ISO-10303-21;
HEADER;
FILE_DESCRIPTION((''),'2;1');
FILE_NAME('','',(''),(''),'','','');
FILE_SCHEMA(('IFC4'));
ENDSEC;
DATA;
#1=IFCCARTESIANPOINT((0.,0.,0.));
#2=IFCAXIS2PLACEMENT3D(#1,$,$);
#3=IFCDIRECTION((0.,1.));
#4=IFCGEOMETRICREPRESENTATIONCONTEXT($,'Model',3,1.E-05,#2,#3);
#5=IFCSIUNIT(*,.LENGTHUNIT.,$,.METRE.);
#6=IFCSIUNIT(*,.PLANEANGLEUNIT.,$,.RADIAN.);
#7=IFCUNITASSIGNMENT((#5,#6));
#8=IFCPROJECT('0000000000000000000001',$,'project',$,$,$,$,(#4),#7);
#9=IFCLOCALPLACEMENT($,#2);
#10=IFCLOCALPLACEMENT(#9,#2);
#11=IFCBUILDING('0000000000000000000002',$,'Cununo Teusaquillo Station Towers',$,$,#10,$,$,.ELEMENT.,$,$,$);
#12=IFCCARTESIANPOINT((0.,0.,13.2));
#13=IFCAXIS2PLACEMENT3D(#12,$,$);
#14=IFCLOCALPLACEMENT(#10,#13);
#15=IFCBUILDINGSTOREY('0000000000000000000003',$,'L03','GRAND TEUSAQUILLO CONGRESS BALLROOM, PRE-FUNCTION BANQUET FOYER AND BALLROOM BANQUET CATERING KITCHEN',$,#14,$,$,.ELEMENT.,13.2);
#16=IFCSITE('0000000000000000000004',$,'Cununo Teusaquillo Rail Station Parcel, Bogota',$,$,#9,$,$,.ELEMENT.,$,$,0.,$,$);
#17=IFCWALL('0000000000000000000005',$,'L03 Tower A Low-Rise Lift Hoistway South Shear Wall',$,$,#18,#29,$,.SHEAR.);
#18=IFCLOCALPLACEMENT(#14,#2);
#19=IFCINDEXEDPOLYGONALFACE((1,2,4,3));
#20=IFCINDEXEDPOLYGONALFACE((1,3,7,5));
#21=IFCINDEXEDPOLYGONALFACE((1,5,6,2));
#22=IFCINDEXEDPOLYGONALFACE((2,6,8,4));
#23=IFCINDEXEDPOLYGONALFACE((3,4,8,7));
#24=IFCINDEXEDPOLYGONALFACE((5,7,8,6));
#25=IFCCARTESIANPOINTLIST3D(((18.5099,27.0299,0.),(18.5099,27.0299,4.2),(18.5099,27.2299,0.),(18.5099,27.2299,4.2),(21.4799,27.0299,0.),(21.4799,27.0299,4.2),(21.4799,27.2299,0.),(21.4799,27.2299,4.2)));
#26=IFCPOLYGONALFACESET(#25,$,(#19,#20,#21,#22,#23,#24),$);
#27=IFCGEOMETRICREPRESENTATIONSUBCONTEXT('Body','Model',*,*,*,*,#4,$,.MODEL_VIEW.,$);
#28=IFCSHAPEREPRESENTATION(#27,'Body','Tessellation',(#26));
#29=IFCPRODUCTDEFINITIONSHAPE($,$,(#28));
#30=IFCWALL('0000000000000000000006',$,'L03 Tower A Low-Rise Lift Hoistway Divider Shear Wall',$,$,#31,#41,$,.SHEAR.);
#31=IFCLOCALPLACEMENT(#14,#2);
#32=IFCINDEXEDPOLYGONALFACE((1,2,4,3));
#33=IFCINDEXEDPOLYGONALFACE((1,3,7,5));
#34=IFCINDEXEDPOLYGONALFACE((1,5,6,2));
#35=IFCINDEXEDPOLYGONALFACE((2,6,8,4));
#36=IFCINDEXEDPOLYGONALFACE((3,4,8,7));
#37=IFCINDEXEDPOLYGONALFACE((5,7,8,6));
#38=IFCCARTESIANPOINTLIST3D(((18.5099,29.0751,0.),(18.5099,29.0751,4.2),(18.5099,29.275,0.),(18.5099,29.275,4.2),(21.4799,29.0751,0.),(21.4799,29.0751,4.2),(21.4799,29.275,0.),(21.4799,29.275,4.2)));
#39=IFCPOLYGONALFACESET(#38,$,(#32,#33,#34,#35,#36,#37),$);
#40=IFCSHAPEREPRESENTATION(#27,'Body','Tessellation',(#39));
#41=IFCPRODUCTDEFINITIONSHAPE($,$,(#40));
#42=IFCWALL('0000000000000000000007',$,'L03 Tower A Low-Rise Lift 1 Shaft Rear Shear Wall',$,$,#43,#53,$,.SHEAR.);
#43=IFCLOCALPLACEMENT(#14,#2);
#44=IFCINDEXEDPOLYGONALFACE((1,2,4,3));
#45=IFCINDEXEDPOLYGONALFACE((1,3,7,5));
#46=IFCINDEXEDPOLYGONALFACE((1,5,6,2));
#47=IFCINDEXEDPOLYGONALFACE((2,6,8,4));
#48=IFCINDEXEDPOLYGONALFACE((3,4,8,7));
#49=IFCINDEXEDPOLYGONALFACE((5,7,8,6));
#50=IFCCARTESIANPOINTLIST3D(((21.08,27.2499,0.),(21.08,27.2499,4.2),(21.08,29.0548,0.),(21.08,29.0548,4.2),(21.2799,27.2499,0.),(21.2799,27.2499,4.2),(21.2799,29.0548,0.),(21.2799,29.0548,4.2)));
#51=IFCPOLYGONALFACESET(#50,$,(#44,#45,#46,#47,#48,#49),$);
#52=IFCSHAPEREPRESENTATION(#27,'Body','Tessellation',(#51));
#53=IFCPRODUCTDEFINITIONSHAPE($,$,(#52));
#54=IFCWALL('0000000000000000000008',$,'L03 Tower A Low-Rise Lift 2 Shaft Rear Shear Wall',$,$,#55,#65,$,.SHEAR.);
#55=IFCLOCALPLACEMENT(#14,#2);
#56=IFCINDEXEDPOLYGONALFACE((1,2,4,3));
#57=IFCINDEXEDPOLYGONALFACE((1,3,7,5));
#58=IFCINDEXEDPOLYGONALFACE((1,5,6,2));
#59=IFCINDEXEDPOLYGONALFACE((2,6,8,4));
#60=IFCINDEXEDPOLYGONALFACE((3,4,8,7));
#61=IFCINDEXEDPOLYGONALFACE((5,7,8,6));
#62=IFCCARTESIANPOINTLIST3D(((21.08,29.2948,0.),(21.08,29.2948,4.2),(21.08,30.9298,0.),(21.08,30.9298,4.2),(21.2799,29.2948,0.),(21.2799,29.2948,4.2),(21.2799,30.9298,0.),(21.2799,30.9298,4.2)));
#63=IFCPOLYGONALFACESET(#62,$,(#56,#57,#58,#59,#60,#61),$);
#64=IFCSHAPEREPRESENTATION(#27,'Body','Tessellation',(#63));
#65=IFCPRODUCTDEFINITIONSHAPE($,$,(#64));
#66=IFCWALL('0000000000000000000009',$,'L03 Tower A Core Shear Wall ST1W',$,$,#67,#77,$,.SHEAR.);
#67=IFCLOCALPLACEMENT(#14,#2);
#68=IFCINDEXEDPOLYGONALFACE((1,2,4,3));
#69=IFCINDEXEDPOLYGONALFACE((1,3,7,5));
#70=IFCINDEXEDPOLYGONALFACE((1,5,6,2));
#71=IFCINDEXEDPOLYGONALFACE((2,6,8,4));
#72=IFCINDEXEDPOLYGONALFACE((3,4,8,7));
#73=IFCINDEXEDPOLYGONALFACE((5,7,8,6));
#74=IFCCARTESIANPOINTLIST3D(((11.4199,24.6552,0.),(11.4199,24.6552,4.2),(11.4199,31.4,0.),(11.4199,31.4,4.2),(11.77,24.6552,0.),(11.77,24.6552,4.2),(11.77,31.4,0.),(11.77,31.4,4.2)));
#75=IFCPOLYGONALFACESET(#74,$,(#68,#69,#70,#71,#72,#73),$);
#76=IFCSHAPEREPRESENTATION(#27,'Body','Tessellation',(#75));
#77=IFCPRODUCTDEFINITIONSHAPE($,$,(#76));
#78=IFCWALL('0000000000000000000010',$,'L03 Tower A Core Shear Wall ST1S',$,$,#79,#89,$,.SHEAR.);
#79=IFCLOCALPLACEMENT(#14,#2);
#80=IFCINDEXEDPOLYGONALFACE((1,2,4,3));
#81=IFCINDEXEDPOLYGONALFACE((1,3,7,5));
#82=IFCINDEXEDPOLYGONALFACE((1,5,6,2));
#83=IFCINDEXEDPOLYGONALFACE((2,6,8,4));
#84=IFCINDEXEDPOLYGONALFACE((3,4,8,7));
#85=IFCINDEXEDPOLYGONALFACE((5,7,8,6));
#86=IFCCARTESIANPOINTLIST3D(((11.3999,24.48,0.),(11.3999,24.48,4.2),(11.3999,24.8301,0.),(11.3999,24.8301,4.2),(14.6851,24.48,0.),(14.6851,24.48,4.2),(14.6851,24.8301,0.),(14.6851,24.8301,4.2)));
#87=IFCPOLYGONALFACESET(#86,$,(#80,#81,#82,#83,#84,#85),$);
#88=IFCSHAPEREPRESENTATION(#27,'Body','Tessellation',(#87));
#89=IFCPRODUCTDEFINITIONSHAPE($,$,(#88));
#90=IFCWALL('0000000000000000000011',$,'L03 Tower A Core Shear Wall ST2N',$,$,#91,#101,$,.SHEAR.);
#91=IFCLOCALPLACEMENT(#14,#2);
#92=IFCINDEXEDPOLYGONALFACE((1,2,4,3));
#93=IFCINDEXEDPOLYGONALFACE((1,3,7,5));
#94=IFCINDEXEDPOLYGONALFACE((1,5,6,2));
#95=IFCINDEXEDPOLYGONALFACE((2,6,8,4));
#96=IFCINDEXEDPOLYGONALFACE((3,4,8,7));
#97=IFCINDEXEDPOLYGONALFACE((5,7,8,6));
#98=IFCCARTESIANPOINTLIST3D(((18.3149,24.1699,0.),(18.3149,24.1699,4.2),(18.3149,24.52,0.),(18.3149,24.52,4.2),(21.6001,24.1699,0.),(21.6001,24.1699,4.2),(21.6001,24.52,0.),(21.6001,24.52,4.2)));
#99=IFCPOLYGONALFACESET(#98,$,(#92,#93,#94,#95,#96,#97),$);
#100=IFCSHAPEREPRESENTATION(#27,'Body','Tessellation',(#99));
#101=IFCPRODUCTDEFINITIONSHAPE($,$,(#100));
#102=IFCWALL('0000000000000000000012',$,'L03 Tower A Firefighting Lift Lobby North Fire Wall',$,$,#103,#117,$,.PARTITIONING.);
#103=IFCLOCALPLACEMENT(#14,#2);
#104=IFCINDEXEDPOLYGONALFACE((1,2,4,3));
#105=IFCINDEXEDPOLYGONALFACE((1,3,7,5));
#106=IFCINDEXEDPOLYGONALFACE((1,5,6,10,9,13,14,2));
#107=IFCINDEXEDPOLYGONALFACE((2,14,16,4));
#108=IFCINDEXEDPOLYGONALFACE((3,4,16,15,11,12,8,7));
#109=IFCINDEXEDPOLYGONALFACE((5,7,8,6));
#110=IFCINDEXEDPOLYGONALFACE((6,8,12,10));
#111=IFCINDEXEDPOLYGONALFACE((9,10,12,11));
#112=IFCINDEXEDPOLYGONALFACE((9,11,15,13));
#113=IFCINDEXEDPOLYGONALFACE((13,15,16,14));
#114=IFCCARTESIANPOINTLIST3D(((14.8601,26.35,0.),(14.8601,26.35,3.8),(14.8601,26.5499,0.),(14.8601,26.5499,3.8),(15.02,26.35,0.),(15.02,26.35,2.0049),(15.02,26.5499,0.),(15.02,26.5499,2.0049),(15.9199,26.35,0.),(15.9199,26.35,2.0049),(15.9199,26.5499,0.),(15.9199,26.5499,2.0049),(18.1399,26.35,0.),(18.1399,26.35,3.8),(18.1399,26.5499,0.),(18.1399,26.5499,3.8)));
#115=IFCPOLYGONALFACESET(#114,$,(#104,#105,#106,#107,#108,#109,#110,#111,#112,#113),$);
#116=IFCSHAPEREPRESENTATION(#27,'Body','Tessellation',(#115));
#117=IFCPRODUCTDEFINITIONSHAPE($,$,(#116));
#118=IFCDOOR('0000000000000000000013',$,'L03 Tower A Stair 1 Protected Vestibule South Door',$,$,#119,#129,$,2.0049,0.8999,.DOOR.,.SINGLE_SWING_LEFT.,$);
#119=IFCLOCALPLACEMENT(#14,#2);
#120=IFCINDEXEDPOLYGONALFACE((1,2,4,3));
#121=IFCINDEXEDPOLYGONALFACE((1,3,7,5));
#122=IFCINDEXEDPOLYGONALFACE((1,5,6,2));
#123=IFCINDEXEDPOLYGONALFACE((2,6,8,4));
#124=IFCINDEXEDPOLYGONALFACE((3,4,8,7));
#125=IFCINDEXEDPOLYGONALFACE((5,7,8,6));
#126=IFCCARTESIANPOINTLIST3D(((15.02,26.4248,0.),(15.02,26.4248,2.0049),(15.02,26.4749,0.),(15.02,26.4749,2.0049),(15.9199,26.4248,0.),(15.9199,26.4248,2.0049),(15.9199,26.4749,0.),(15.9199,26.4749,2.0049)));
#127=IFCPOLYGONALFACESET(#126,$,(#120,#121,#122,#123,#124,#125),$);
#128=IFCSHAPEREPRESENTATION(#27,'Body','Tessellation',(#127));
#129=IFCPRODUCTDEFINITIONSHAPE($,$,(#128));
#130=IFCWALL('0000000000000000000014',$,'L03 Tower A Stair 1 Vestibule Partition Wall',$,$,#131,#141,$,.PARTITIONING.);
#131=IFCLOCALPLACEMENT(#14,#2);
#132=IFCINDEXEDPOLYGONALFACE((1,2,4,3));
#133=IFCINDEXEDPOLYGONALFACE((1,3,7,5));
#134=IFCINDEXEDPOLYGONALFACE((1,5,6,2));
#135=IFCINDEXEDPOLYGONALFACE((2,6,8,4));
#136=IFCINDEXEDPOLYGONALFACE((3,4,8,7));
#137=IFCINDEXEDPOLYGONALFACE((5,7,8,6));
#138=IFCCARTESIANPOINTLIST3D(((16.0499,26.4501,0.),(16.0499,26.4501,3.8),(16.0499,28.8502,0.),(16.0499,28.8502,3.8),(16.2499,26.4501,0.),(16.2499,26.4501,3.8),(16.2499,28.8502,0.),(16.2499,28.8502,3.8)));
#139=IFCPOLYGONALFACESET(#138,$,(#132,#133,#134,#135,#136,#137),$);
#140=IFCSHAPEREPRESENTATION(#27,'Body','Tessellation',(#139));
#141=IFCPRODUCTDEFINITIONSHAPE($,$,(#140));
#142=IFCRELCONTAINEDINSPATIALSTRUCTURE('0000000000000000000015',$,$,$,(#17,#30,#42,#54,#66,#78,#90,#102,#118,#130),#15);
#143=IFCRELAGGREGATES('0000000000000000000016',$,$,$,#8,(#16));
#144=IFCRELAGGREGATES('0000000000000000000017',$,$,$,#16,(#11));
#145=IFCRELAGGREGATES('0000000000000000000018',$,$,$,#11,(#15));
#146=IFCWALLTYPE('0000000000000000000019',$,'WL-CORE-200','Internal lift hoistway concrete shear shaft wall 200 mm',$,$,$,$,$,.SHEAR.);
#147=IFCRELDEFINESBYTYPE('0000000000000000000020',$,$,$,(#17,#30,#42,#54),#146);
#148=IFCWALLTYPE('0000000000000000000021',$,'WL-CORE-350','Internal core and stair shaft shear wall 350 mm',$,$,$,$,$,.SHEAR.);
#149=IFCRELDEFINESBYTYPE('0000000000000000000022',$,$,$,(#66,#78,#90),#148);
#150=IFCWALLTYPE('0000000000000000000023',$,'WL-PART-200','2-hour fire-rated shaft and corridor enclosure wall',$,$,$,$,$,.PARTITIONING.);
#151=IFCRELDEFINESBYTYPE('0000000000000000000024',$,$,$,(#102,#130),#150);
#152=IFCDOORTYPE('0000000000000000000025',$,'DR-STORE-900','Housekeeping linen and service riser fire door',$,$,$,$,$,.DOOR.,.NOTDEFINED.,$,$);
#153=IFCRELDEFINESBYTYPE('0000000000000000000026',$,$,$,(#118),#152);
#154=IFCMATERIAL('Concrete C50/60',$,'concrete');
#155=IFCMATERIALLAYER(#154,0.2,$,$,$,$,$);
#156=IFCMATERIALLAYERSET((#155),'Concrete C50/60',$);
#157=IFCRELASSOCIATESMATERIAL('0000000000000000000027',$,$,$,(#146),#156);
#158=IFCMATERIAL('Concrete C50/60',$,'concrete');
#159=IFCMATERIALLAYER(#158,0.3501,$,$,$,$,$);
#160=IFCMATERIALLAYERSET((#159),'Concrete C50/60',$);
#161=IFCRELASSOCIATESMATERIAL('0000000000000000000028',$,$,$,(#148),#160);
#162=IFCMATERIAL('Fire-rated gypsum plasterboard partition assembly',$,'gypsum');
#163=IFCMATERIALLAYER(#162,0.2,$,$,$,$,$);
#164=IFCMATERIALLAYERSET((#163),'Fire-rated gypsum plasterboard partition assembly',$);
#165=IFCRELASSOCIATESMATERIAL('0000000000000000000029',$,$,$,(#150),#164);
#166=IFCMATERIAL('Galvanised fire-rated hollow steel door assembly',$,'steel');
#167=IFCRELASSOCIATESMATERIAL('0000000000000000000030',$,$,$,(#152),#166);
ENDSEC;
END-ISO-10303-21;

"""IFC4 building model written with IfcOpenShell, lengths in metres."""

from ifc_helpers import new_model, si_unit, direction, frame, frame_2d, origin, place, context, subcontext, project, spatial, rectangle, extrude, source, transform, mapped, material, layer, layer_set, type_object, element, fill, save


model = new_model("IFC4")

# Units and contexts
model_context = context("Model", 3, precision=1e-05, world=origin(), true_north=direction((0.0, 1.0)))
body_context = subcontext(model_context, "Body", "Model", "MODEL_VIEW")
ifc_project = project(units=[si_unit("LENGTHUNIT", "METRE"), si_unit("PLANEANGLEUNIT", "RADIAN")], contexts=[model_context])

# Site, building, storey
site_placement = place(None, origin())
site = spatial("IfcSite", under=ifc_project, at=site_placement, Name="Cununo Teusaquillo Rail Station Parcel, Bogota", CompositionType="ELEMENT", RefElevation=0.0)
building_placement = place(site_placement, origin())
building = spatial("IfcBuilding", under=site, at=building_placement, Name="Cununo Teusaquillo Station Towers", CompositionType="ELEMENT")
storey_placement = place(building_placement, frame((0.0, 0.0, 13.2)))
storey = spatial("IfcBuildingStorey", under=building, at=storey_placement, Name="L03", Description="GRAND TEUSAQUILLO CONGRESS BALLROOM, PRE-FUNCTION BANQUET FOYER AND BALLROOM BANQUET CATERING KITCHEN", CompositionType="ELEMENT", Elevation=13.2)

# Walls
ifc_material_1 = material(Name="Concrete C50/60", Category="concrete")
ifc_layer_1 = layer(ifc_material_1, 0.2)
ifc_layer_set_1 = layer_set([ifc_layer_1], Name="Concrete C50/60")
wall_type_1 = type_object("IfcWallType", Name="WL-CORE-200", Description="Internal lift hoistway concrete shear shaft wall 200 mm", PredefinedType="SHEAR", material=ifc_layer_set_1)
for number, where, z_axis, x_axis, name in (
    (1, (18.51, 27.1299, 0.0), (0.0, 0.0, 1.0), (1.0, 0.0, 0.0), "L03 Tower A Low-Rise Lift Hoistway South Shear Wall"),
    (2, (18.51, 29.175, 0.0), (0.0, 0.0, 1.0), (1.0, 0.0, 0.0), "L03 Tower A Low-Rise Lift Hoistway Divider Shear Wall"),
):
    element("IfcWall", number, at=place(storey_placement, frame(where, z_axis=z_axis, x_axis=x_axis)), inside=storey, type_object=wall_type_1, Name=name, PredefinedType="SHEAR", context=body_context, shape_type="SweptSolid", body=[
        extrude(rectangle(XDim=2.97, YDim=0.2, at=frame_2d((1.4849, 0.0))), origin(), (0.0, 0.0, 1.0), 4.2),
    ])
wall_1_placement = place(storey_placement, frame((21.1799, 27.25, 0.0), z_axis=(0.0, 0.0, 1.0), x_axis=(0.0, 1.0, 0.0)))
element("IfcWall", 3, at=wall_1_placement, inside=storey, type_object=wall_type_1, Name="L03 Tower A Low-Rise Lift 1 Shaft Rear Shear Wall", PredefinedType="SHEAR", context=body_context, shape_type="SweptSolid", body=[
    extrude(rectangle(XDim=1.8049, YDim=0.2, at=frame_2d((0.9023, 0.0))), origin(), (0.0, 0.0, 1.0), 4.2),
])
wall_2_placement = place(storey_placement, frame((21.1799, 29.2949, 0.0), z_axis=(0.0, 0.0, 1.0), x_axis=(0.0, 1.0, 0.0)))
element("IfcWall", 4, at=wall_2_placement, inside=storey, type_object=wall_type_1, Name="L03 Tower A Low-Rise Lift 2 Shaft Rear Shear Wall", PredefinedType="SHEAR", context=body_context, shape_type="SweptSolid", body=[
    extrude(rectangle(XDim=1.635, YDim=0.2, at=frame_2d((0.8174, 0.0))), origin(), (0.0, 0.0, 1.0), 4.2),
])
ifc_material_2 = material(Name="Concrete C50/60", Category="concrete")
ifc_layer_2 = layer(ifc_material_2, 0.3501)
ifc_layer_set_2 = layer_set([ifc_layer_2], Name="Concrete C50/60")
wall_type_2 = type_object("IfcWallType", Name="WL-CORE-350", Description="Internal core and stair shaft shear wall 350 mm", PredefinedType="SHEAR", material=ifc_layer_set_2)
wall_3_placement = place(storey_placement, frame((11.595, 24.655, 0.0), z_axis=(0.0, 0.0, 1.0), x_axis=(0.0, 1.0, 0.0)))
element("IfcWall", 5, at=wall_3_placement, inside=storey, type_object=wall_type_2, Name="L03 Tower A Core Shear Wall ST1W", PredefinedType="SHEAR", context=body_context, shape_type="SweptSolid", body=[
    extrude(rectangle(XDim=6.7449, YDim=0.3501, at=frame_2d((3.3726, 0.0))), origin(), (0.0, 0.0, 1.0), 4.2),
])
for number, where, z_axis, x_axis, name in (
    (6, (11.3999, 24.655, 0.0), (0.0, 0.0, 1.0), (1.0, 0.0, 0.0), "L03 Tower A Core Shear Wall ST1S"),
    (7, (18.3149, 24.345, 0.0), (0.0, 0.0, 1.0), (1.0, 0.0, 0.0), "L03 Tower A Core Shear Wall ST2N"),
):
    element("IfcWall", number, at=place(storey_placement, frame(where, z_axis=z_axis, x_axis=x_axis)), inside=storey, type_object=wall_type_2, Name=name, PredefinedType="SHEAR", context=body_context, shape_type="SweptSolid", body=[
        extrude(rectangle(XDim=3.2852, YDim=0.3501, at=frame_2d((1.6426, 0.0))), origin(), (0.0, 0.0, 1.0), 4.2),
    ])

# Wall, opening, door
ifc_material_3 = material(Name="Fire-rated gypsum plasterboard partition assembly", Category="gypsum")
ifc_layer_3 = layer(ifc_material_3, 0.2)
ifc_layer_set_3 = layer_set([ifc_layer_3], Name="Fire-rated gypsum plasterboard partition assembly")
wall_type_3 = type_object("IfcWallType", Name="WL-PART-200", Description="2-hour fire-rated shaft and corridor enclosure wall", PredefinedType="PARTITIONING", material=ifc_layer_set_3)
wall_4_placement = place(storey_placement, frame((14.8601, 26.45, 0.0), z_axis=(0.0, 0.0, 1.0), x_axis=(1.0, 0.0, 0.0)))
wall_4 = element("IfcWall", 8, at=wall_4_placement, inside=storey, type_object=wall_type_3, Name="L03 Tower A Firefighting Lift Lobby North Fire Wall", PredefinedType="PARTITIONING", context=body_context, shape_type="SweptSolid", body=[
    extrude(rectangle(XDim=3.2798, YDim=0.2, at=frame_2d((1.6399, 0.0))), origin(), (0.0, 0.0, 1.0), 3.8),
])
shared_shape_1 = source(origin(), body_context, "Body", "SweptSolid", [
    extrude(rectangle(XDim=0.8999, YDim=2.0049, at=frame_2d((0.45, 1.0024))), frame((0.0, 0.1099, 0.0), z_axis=(0.0, -1.0, 0.0), x_axis=(1.0, 0.0, 0.0)), (0.0, 0.0, 1.0), 0.22),
])
opening_1_placement = place(wall_4_placement, frame((0.1599, 0.0, 0.0)))
opening_1 = element("IfcOpeningElement", 9, at=opening_1_placement, cuts=wall_4, PredefinedType="OPENING", context=body_context, shape_type="MappedRepresentation", body=[
    mapped(shared_shape_1, transform((0.0, 0.0, 0.0), x_axis=(1.0, 0.0, 0.0), y_axis=(0.0, 1.0, 0.0), z_axis=(0.0, 0.0, 1.0), scale=1.0)),
])
ifc_material_4 = material(Name="Galvanised fire-rated hollow steel door assembly", Category="steel")
door_type_1 = type_object("IfcDoorType", Name="DR-STORE-900", Description="Housekeeping linen and service riser fire door", OperationType="NOTDEFINED", PredefinedType="DOOR", material=ifc_material_4)
shared_shape_2 = source(origin(), body_context, "Body", "SweptSolid", [
    extrude(rectangle(XDim=0.8999, YDim=2.0049, at=frame_2d((0.45, 1.0024))), frame((0.0, 0.0249, 0.0), z_axis=(0.0, -1.0, 0.0), x_axis=(1.0, 0.0, 0.0)), (0.0, 0.0, 1.0), 0.05),
])
door_1_placement = place(opening_1_placement, origin())
door_1 = element("IfcDoor", 10, at=door_1_placement, inside=storey, type_object=door_type_1, Name="L03 Tower A Stair 1 Protected Vestibule South Door", OperationType="SINGLE_SWING_LEFT", OverallHeight=2.0049, OverallWidth=0.8999, PredefinedType="DOOR", context=body_context, shape_type="MappedRepresentation", body=[
    mapped(shared_shape_2, transform((0.0, 0.0, 0.0), x_axis=(1.0, 0.0, 0.0), y_axis=(0.0, 1.0, 0.0), z_axis=(0.0, 0.0, 1.0), scale=1.0)),
])
fill(opening_1, door_1)

# Wall
wall_5_placement = place(storey_placement, frame((16.1499, 26.45, 0.0), z_axis=(0.0, 0.0, 1.0), x_axis=(0.0, 1.0, 0.0)))
element("IfcWall", 11, at=wall_5_placement, inside=storey, type_object=wall_type_3, Name="L03 Tower A Stair 1 Vestibule Partition Wall", PredefinedType="PARTITIONING", context=body_context, shape_type="SweptSolid", body=[
    extrude(rectangle(XDim=2.4001, YDim=0.2, at=frame_2d((1.2002, 0.0))), origin(), (0.0, 0.0, 1.0), 3.8),
])

save(model, "model.ifc")
